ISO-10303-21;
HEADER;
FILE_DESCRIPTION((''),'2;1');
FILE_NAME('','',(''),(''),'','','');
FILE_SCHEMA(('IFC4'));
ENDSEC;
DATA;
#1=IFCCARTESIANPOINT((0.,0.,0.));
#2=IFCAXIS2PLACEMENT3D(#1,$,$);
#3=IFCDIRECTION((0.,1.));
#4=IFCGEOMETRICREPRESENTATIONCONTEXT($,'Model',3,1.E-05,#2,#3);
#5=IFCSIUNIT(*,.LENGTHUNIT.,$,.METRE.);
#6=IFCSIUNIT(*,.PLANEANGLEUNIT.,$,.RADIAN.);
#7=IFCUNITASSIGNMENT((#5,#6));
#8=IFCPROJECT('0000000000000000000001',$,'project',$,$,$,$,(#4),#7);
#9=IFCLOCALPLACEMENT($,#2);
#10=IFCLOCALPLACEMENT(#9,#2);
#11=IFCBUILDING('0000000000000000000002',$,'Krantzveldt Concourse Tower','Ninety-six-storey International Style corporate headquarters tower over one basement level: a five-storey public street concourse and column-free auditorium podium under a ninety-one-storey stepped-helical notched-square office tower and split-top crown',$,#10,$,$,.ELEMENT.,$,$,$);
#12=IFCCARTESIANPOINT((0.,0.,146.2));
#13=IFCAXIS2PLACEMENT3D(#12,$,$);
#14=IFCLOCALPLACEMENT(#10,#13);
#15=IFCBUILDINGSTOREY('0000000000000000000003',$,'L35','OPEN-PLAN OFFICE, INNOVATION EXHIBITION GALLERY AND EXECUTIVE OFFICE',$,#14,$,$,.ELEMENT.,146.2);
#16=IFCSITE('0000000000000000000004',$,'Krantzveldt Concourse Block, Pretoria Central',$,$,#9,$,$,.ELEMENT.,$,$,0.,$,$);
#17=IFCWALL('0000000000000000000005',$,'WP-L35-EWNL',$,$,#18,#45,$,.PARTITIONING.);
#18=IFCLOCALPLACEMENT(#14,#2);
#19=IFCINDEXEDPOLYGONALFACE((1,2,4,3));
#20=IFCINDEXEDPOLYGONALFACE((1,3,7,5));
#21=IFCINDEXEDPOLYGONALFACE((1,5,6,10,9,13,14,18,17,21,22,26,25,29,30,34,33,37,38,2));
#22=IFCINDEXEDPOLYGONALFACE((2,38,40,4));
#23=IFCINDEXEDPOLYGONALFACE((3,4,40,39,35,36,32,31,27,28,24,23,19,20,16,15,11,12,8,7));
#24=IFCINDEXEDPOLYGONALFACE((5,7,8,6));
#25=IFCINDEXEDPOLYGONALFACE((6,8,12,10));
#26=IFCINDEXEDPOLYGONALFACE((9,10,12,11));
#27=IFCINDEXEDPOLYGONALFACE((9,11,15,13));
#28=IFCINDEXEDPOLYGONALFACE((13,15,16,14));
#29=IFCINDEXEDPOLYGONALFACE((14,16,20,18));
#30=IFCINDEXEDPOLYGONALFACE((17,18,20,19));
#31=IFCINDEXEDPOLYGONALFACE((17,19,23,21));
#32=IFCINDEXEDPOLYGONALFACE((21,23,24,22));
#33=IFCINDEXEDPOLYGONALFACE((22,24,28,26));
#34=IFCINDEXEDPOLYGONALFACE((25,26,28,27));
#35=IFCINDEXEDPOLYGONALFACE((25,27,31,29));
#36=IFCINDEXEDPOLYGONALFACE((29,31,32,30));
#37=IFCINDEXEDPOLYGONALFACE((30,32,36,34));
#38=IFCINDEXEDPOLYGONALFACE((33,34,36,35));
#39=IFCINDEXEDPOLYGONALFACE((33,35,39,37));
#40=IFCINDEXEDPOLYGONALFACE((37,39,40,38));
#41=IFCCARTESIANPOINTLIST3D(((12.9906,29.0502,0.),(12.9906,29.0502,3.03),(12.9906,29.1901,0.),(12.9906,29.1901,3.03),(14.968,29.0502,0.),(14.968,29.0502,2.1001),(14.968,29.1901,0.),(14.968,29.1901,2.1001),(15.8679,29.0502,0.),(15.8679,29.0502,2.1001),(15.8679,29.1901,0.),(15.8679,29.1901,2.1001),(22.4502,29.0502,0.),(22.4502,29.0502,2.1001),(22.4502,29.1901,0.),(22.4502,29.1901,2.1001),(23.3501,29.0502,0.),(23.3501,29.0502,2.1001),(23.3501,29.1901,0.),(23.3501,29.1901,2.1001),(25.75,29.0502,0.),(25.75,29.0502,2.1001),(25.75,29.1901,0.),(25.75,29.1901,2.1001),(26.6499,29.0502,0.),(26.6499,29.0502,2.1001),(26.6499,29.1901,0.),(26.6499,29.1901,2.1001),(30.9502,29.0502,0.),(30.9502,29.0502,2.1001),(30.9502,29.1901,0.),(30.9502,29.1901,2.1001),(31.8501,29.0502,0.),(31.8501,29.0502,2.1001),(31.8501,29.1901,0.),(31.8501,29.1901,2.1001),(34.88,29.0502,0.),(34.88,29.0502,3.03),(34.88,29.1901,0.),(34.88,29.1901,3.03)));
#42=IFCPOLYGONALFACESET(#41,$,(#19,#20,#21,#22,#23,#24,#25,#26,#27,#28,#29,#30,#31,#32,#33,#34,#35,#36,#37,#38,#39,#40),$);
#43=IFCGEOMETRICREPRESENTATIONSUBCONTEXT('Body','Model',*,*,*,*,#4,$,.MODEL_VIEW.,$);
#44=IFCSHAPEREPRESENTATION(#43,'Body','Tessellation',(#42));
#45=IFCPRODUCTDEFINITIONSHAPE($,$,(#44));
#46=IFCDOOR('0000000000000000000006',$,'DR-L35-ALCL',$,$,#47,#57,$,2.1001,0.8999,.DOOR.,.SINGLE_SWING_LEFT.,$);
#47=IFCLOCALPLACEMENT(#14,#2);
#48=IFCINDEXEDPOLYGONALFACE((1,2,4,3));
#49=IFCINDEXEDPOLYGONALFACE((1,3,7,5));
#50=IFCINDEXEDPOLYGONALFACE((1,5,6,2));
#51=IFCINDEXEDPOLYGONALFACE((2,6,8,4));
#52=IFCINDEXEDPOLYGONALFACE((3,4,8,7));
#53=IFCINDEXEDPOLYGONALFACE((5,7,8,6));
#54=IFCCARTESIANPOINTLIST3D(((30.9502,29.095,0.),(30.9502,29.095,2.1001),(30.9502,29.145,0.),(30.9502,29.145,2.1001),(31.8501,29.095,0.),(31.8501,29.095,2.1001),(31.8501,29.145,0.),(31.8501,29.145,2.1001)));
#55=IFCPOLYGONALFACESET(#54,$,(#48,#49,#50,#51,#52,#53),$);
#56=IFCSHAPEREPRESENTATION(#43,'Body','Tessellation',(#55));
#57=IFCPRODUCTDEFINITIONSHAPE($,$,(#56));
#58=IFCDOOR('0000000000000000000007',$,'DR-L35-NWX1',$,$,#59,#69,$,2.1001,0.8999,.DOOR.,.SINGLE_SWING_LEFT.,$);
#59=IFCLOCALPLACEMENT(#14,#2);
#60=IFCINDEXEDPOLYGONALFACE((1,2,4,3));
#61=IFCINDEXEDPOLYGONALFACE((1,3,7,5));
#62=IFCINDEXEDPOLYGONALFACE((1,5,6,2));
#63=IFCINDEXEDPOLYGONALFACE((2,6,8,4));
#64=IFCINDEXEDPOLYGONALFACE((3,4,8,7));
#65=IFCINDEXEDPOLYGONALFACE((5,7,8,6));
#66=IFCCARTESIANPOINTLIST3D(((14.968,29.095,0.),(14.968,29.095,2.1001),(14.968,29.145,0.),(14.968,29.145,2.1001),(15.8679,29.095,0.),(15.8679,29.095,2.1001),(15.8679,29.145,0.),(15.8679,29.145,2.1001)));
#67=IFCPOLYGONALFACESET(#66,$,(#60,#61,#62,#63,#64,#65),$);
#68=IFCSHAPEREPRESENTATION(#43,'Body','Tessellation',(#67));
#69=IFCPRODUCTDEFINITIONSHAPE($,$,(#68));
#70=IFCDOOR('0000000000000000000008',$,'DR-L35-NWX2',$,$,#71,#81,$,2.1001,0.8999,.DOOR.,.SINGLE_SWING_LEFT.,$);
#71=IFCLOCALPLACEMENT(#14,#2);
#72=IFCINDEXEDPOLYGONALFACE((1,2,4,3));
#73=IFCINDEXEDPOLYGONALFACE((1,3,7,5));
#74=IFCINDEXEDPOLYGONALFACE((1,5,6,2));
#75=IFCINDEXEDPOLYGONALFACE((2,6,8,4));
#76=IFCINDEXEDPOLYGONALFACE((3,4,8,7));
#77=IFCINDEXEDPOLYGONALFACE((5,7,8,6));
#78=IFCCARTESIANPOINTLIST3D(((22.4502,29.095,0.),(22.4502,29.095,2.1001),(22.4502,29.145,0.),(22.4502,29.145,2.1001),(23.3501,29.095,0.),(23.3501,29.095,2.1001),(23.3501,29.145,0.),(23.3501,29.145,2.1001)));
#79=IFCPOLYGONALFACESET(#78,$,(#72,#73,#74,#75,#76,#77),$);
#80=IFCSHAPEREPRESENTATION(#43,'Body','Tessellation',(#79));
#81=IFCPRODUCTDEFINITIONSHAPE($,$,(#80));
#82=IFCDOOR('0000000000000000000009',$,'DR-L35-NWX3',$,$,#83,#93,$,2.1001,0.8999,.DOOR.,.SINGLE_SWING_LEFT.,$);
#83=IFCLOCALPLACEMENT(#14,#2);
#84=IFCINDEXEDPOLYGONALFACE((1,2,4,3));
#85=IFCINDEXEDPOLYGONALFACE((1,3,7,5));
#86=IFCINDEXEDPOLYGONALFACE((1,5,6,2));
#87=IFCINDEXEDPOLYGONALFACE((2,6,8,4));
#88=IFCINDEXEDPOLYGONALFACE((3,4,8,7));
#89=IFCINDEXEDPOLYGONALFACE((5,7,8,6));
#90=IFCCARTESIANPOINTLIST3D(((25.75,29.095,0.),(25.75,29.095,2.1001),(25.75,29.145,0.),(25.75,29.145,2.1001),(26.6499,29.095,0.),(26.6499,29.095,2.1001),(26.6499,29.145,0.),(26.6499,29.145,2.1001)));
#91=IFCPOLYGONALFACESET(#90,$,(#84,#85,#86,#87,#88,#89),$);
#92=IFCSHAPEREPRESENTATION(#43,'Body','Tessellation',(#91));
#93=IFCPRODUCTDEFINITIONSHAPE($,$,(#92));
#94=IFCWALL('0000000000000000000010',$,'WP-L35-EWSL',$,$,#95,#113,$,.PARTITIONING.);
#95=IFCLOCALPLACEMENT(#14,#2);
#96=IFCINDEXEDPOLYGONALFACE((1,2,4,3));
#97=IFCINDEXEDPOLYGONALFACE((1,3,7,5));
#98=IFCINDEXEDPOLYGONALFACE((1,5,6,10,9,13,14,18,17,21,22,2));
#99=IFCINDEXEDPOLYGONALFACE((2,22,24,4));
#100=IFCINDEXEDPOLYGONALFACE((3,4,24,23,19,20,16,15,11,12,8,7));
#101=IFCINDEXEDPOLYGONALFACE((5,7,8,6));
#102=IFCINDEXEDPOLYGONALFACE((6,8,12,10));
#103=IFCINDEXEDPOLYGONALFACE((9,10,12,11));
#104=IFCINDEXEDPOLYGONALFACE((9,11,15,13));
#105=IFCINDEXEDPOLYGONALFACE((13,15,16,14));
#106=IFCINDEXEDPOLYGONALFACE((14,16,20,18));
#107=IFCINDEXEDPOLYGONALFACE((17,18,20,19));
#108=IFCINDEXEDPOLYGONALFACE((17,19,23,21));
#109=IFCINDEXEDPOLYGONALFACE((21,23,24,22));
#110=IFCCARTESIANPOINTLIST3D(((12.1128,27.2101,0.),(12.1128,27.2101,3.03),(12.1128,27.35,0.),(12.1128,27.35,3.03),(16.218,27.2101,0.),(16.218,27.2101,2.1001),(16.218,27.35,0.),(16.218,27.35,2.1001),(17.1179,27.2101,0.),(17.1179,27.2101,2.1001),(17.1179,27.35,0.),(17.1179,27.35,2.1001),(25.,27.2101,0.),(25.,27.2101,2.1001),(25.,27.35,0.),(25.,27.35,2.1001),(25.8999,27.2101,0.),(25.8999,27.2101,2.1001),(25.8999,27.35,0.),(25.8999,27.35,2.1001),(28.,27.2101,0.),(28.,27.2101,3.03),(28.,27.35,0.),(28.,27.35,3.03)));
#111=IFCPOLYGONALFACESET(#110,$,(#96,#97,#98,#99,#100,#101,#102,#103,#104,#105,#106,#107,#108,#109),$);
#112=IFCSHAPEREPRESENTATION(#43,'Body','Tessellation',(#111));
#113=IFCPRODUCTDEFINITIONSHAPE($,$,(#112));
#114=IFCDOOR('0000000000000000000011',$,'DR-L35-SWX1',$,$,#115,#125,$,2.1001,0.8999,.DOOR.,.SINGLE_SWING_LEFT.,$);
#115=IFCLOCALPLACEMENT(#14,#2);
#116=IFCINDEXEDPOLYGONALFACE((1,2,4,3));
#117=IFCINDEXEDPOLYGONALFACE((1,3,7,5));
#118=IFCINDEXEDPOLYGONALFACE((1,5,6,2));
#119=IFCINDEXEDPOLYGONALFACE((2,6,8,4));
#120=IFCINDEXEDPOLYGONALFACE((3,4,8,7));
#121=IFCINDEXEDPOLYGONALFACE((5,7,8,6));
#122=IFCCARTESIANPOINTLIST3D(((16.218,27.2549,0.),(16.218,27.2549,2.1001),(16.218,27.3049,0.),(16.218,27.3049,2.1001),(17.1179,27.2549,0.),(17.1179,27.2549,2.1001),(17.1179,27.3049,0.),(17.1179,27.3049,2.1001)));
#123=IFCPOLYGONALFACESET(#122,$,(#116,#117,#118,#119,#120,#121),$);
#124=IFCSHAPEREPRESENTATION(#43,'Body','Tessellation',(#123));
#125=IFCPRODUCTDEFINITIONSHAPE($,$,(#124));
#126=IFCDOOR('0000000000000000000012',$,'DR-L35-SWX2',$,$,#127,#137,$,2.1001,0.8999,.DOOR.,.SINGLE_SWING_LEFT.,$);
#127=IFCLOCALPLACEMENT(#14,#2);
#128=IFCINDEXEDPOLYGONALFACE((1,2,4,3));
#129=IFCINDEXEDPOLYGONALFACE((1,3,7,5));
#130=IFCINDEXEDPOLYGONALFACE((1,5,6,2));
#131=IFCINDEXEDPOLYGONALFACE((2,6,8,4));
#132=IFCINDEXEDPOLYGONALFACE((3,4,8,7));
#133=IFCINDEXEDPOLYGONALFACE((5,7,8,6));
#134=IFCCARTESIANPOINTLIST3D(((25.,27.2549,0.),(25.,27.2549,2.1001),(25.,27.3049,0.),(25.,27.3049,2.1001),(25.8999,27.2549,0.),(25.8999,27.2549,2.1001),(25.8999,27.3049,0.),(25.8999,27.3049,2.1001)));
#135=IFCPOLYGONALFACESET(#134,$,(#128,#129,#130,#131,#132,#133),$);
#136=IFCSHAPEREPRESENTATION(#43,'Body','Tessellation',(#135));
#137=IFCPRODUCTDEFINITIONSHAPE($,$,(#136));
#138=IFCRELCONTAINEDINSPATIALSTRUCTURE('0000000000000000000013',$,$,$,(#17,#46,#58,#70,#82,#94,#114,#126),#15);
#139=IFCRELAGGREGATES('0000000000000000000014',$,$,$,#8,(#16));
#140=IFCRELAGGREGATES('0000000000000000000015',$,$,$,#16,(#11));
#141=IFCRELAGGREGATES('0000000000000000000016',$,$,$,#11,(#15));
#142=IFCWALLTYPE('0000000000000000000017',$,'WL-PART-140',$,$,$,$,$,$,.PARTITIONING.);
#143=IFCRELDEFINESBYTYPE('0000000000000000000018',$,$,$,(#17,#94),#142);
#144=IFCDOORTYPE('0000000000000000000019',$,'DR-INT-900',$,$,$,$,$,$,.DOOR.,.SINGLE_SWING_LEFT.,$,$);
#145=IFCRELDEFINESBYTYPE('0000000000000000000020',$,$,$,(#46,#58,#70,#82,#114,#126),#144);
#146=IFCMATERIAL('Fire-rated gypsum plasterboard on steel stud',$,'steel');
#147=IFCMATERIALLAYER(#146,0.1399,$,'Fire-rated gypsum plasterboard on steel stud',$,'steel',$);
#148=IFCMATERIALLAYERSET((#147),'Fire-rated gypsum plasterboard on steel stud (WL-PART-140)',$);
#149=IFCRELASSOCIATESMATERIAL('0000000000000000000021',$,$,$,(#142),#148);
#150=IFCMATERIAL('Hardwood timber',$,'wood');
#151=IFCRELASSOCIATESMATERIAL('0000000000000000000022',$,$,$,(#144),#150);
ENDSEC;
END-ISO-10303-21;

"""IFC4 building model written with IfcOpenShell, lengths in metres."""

from ifc_helpers import new_model, si_unit, direction, frame, frame_2d, origin, place, context, subcontext, project, spatial, rectangle, extrude, material, layer, layer_set, type_object, element, fill, save


model = new_model("IFC4")

# Units and contexts
model_context = context("Model", 3, precision=1e-05, world=origin(), true_north=direction((0.0, 1.0)))
body_context = subcontext(model_context, "Body", "Model", "MODEL_VIEW")
ifc_project = project(units=[si_unit("LENGTHUNIT", "METRE"), si_unit("PLANEANGLEUNIT", "RADIAN")], contexts=[model_context])

# Site, building, storey
site_placement = place(None, origin())
site = spatial("IfcSite", under=ifc_project, at=site_placement, Name="Krantzveldt Concourse Block, Pretoria Central", CompositionType="ELEMENT", RefElevation=0.0)
building_placement = place(site_placement, origin())
building = spatial("IfcBuilding", under=site, at=building_placement, Name="Krantzveldt Concourse Tower", Description="Ninety-six-storey International Style corporate headquarters tower over one basement level: a five-storey public street concourse and column-free auditorium podium under a ninety-one-storey stepped-helical notched-square office tower and split-top crown", CompositionType="ELEMENT")
storey_placement = place(building_placement, frame((0.0, 0.0, 146.2)))
storey = spatial("IfcBuildingStorey", under=building, at=storey_placement, Name="L35", Description="OPEN-PLAN OFFICE, INNOVATION EXHIBITION GALLERY AND EXECUTIVE OFFICE", CompositionType="ELEMENT", Elevation=146.2)

# Shared definitions
ifc_material_1 = material(Name="Fire-rated gypsum plasterboard on steel stud", Category="steel")

# Walls, openings, doors
ifc_layer_1 = layer(ifc_material_1, 0.1399, Name="Fire-rated gypsum plasterboard on steel stud", Category="steel")
ifc_layer_set_1 = layer_set([ifc_layer_1], Name="Fire-rated gypsum plasterboard on steel stud (WL-PART-140)")
wall_type_1 = type_object("IfcWallType", Name="WL-PART-140", PredefinedType="PARTITIONING", material=ifc_layer_set_1)
wall_1_placement = place(storey_placement, frame((12.9905, 29.1201, 0.0), z_axis=(0.0, 0.0, 1.0), x_axis=(1.0, 0.0, 0.0)))
wall_1 = element("IfcWall", 1, at=wall_1_placement, inside=storey, type_object=wall_type_1, Name="WP-L35-EWNL", PredefinedType="PARTITIONING", context=body_context, shape_type="SweptSolid", body=[
    extrude(rectangle(XDim=21.8894, YDim=0.1399, at=frame_2d((10.9448, 0.0))), origin(), (0.0, 0.0, 1.0), 3.03),
])
opening_1_placement = place(wall_1_placement, frame((17.9597, 0.0, 0.0)))
opening_1 = element("IfcOpeningElement", 2, at=opening_1_placement, cuts=wall_1, PredefinedType="OPENING", context=body_context, shape_type="SweptSolid", body=[
    extrude(rectangle(XDim=0.8999, YDim=2.1001, at=frame_2d((0.45, 1.05))), frame((0.0, 0.0801, 0.0), z_axis=(0.0, -1.0, 0.0), x_axis=(1.0, 0.0, 0.0)), (0.0, 0.0, 1.0), 0.1599),
])
opening_2_placement = place(wall_1_placement, frame((1.9775, 0.0, 0.0)))
opening_2 = element("IfcOpeningElement", 3, at=opening_2_placement, cuts=wall_1, PredefinedType="OPENING", context=body_context, shape_type="SweptSolid", body=[
    extrude(rectangle(XDim=0.8999, YDim=2.1001, at=frame_2d((0.45, 1.05))), frame((0.0, 0.0801, 0.0), z_axis=(0.0, -1.0, 0.0), x_axis=(1.0, 0.0, 0.0)), (0.0, 0.0, 1.0), 0.1599),
])
opening_3_placement = place(wall_1_placement, frame((9.4597, 0.0, 0.0)))
opening_3 = element("IfcOpeningElement", 4, at=opening_3_placement, cuts=wall_1, PredefinedType="OPENING", context=body_context, shape_type="SweptSolid", body=[
    extrude(rectangle(XDim=0.8999, YDim=2.1001, at=frame_2d((0.45, 1.05))), frame((0.0, 0.0801, 0.0), z_axis=(0.0, -1.0, 0.0), x_axis=(1.0, 0.0, 0.0)), (0.0, 0.0, 1.0), 0.1599),
])
opening_4_placement = place(wall_1_placement, frame((12.7595, 0.0, 0.0)))
opening_4 = element("IfcOpeningElement", 5, at=opening_4_placement, cuts=wall_1, PredefinedType="OPENING", context=body_context, shape_type="SweptSolid", body=[
    extrude(rectangle(XDim=0.8999, YDim=2.1001, at=frame_2d((0.45, 1.05))), frame((0.0, 0.0801, 0.0), z_axis=(0.0, -1.0, 0.0), x_axis=(1.0, 0.0, 0.0)), (0.0, 0.0, 1.0), 0.1599),
])
ifc_material_2 = material(Name="Hardwood timber", Category="wood")
door_type = type_object("IfcDoorType", Name="DR-INT-900", OperationType="SINGLE_SWING_LEFT", PredefinedType="DOOR", material=ifc_material_2)
door_1_placement = place(opening_1_placement, origin())
door_1 = element("IfcDoor", 6, at=door_1_placement, inside=storey, type_object=door_type, Name="DR-L35-ALCL", OperationType="SINGLE_SWING_LEFT", OverallHeight=2.1001, OverallWidth=0.8999, PredefinedType="DOOR", context=body_context, shape_type="SweptSolid", body=[
    extrude(rectangle(XDim=0.8999, YDim=2.1001, at=frame_2d((0.45, 1.05))), frame((0.0, 0.0249, 0.0), z_axis=(0.0, -1.0, 0.0), x_axis=(1.0, 0.0, 0.0)), (0.0, 0.0, 1.0), 0.05),
])
fill(opening_1, door_1)
door_2_placement = place(opening_2_placement, origin())
door_2 = element("IfcDoor", 7, at=door_2_placement, inside=storey, type_object=door_type, Name="DR-L35-NWX1", OperationType="SINGLE_SWING_LEFT", OverallHeight=2.1001, OverallWidth=0.8999, PredefinedType="DOOR", context=body_context, shape_type="SweptSolid", body=[
    extrude(rectangle(XDim=0.8999, YDim=2.1001, at=frame_2d((0.45, 1.05))), frame((0.0, 0.0249, 0.0), z_axis=(0.0, -1.0, 0.0), x_axis=(1.0, 0.0, 0.0)), (0.0, 0.0, 1.0), 0.05),
])
fill(opening_2, door_2)
door_3_placement = place(opening_3_placement, origin())
door_3 = element("IfcDoor", 8, at=door_3_placement, inside=storey, type_object=door_type, Name="DR-L35-NWX2", OperationType="SINGLE_SWING_LEFT", OverallHeight=2.1001, OverallWidth=0.8999, PredefinedType="DOOR", context=body_context, shape_type="SweptSolid", body=[
    extrude(rectangle(XDim=0.8999, YDim=2.1001, at=frame_2d((0.45, 1.05))), frame((0.0, 0.0249, 0.0), z_axis=(0.0, -1.0, 0.0), x_axis=(1.0, 0.0, 0.0)), (0.0, 0.0, 1.0), 0.05),
])
fill(opening_3, door_3)
door_4_placement = place(opening_4_placement, origin())
door_4 = element("IfcDoor", 9, at=door_4_placement, inside=storey, type_object=door_type, Name="DR-L35-NWX3", OperationType="SINGLE_SWING_LEFT", OverallHeight=2.1001, OverallWidth=0.8999, PredefinedType="DOOR", context=body_context, shape_type="SweptSolid", body=[
    extrude(rectangle(XDim=0.8999, YDim=2.1001, at=frame_2d((0.45, 1.05))), frame((0.0, 0.0249, 0.0), z_axis=(0.0, -1.0, 0.0), x_axis=(1.0, 0.0, 0.0)), (0.0, 0.0, 1.0), 0.05),
])
fill(opening_4, door_4)
wall_2_placement = place(storey_placement, frame((12.1128, 27.28, 0.0), z_axis=(0.0, 0.0, 1.0), x_axis=(1.0, 0.0, 0.0)))
wall_2 = element("IfcWall", 10, at=wall_2_placement, inside=storey, type_object=wall_type_1, Name="WP-L35-EWSL", PredefinedType="PARTITIONING", context=body_context, shape_type="SweptSolid", body=[
    extrude(rectangle(XDim=15.8872, YDim=0.1399, at=frame_2d((7.9436, 0.0))), origin(), (0.0, 0.0, 1.0), 3.03),
])
opening_5_placement = place(wall_2_placement, frame((4.1052, 0.0, 0.0)))
opening_5 = element("IfcOpeningElement", 11, at=opening_5_placement, cuts=wall_2, PredefinedType="OPENING", context=body_context, shape_type="SweptSolid", body=[
    extrude(rectangle(XDim=0.8999, YDim=2.1001, at=frame_2d((0.45, 1.05))), frame((0.0, 0.0801, 0.0), z_axis=(0.0, -1.0, 0.0), x_axis=(1.0, 0.0, 0.0)), (0.0, 0.0, 1.0), 0.1599),
])
opening_6_placement = place(wall_2_placement, frame((12.8872, 0.0, 0.0)))
opening_6 = element("IfcOpeningElement", 12, at=opening_6_placement, cuts=wall_2, PredefinedType="OPENING", context=body_context, shape_type="SweptSolid", body=[
    extrude(rectangle(XDim=0.8999, YDim=2.1001, at=frame_2d((0.45, 1.05))), frame((0.0, 0.0801, 0.0), z_axis=(0.0, -1.0, 0.0), x_axis=(1.0, 0.0, 0.0)), (0.0, 0.0, 1.0), 0.1599),
])
door_5_placement = place(opening_5_placement, origin())
door_5 = element("IfcDoor", 13, at=door_5_placement, inside=storey, type_object=door_type, Name="DR-L35-SWX1", OperationType="SINGLE_SWING_LEFT", OverallHeight=2.1001, OverallWidth=0.8999, PredefinedType="DOOR", context=body_context, shape_type="SweptSolid", body=[
    extrude(rectangle(XDim=0.8999, YDim=2.1001, at=frame_2d((0.45, 1.05))), frame((0.0, 0.0249, 0.0), z_axis=(0.0, -1.0, 0.0), x_axis=(1.0, 0.0, 0.0)), (0.0, 0.0, 1.0), 0.05),
])
fill(opening_5, door_5)
door_6_placement = place(opening_6_placement, origin())
door_6 = element("IfcDoor", 14, at=door_6_placement, inside=storey, type_object=door_type, Name="DR-L35-SWX2", OperationType="SINGLE_SWING_LEFT", OverallHeight=2.1001, OverallWidth=0.8999, PredefinedType="DOOR", context=body_context, shape_type="SweptSolid", body=[
    extrude(rectangle(XDim=0.8999, YDim=2.1001, at=frame_2d((0.45, 1.05))), frame((0.0, 0.0249, 0.0), z_axis=(0.0, -1.0, 0.0), x_axis=(1.0, 0.0, 0.0)), (0.0, 0.0, 1.0), 0.05),
])
fill(opening_6, door_6)

save(model, "model.ifc")
